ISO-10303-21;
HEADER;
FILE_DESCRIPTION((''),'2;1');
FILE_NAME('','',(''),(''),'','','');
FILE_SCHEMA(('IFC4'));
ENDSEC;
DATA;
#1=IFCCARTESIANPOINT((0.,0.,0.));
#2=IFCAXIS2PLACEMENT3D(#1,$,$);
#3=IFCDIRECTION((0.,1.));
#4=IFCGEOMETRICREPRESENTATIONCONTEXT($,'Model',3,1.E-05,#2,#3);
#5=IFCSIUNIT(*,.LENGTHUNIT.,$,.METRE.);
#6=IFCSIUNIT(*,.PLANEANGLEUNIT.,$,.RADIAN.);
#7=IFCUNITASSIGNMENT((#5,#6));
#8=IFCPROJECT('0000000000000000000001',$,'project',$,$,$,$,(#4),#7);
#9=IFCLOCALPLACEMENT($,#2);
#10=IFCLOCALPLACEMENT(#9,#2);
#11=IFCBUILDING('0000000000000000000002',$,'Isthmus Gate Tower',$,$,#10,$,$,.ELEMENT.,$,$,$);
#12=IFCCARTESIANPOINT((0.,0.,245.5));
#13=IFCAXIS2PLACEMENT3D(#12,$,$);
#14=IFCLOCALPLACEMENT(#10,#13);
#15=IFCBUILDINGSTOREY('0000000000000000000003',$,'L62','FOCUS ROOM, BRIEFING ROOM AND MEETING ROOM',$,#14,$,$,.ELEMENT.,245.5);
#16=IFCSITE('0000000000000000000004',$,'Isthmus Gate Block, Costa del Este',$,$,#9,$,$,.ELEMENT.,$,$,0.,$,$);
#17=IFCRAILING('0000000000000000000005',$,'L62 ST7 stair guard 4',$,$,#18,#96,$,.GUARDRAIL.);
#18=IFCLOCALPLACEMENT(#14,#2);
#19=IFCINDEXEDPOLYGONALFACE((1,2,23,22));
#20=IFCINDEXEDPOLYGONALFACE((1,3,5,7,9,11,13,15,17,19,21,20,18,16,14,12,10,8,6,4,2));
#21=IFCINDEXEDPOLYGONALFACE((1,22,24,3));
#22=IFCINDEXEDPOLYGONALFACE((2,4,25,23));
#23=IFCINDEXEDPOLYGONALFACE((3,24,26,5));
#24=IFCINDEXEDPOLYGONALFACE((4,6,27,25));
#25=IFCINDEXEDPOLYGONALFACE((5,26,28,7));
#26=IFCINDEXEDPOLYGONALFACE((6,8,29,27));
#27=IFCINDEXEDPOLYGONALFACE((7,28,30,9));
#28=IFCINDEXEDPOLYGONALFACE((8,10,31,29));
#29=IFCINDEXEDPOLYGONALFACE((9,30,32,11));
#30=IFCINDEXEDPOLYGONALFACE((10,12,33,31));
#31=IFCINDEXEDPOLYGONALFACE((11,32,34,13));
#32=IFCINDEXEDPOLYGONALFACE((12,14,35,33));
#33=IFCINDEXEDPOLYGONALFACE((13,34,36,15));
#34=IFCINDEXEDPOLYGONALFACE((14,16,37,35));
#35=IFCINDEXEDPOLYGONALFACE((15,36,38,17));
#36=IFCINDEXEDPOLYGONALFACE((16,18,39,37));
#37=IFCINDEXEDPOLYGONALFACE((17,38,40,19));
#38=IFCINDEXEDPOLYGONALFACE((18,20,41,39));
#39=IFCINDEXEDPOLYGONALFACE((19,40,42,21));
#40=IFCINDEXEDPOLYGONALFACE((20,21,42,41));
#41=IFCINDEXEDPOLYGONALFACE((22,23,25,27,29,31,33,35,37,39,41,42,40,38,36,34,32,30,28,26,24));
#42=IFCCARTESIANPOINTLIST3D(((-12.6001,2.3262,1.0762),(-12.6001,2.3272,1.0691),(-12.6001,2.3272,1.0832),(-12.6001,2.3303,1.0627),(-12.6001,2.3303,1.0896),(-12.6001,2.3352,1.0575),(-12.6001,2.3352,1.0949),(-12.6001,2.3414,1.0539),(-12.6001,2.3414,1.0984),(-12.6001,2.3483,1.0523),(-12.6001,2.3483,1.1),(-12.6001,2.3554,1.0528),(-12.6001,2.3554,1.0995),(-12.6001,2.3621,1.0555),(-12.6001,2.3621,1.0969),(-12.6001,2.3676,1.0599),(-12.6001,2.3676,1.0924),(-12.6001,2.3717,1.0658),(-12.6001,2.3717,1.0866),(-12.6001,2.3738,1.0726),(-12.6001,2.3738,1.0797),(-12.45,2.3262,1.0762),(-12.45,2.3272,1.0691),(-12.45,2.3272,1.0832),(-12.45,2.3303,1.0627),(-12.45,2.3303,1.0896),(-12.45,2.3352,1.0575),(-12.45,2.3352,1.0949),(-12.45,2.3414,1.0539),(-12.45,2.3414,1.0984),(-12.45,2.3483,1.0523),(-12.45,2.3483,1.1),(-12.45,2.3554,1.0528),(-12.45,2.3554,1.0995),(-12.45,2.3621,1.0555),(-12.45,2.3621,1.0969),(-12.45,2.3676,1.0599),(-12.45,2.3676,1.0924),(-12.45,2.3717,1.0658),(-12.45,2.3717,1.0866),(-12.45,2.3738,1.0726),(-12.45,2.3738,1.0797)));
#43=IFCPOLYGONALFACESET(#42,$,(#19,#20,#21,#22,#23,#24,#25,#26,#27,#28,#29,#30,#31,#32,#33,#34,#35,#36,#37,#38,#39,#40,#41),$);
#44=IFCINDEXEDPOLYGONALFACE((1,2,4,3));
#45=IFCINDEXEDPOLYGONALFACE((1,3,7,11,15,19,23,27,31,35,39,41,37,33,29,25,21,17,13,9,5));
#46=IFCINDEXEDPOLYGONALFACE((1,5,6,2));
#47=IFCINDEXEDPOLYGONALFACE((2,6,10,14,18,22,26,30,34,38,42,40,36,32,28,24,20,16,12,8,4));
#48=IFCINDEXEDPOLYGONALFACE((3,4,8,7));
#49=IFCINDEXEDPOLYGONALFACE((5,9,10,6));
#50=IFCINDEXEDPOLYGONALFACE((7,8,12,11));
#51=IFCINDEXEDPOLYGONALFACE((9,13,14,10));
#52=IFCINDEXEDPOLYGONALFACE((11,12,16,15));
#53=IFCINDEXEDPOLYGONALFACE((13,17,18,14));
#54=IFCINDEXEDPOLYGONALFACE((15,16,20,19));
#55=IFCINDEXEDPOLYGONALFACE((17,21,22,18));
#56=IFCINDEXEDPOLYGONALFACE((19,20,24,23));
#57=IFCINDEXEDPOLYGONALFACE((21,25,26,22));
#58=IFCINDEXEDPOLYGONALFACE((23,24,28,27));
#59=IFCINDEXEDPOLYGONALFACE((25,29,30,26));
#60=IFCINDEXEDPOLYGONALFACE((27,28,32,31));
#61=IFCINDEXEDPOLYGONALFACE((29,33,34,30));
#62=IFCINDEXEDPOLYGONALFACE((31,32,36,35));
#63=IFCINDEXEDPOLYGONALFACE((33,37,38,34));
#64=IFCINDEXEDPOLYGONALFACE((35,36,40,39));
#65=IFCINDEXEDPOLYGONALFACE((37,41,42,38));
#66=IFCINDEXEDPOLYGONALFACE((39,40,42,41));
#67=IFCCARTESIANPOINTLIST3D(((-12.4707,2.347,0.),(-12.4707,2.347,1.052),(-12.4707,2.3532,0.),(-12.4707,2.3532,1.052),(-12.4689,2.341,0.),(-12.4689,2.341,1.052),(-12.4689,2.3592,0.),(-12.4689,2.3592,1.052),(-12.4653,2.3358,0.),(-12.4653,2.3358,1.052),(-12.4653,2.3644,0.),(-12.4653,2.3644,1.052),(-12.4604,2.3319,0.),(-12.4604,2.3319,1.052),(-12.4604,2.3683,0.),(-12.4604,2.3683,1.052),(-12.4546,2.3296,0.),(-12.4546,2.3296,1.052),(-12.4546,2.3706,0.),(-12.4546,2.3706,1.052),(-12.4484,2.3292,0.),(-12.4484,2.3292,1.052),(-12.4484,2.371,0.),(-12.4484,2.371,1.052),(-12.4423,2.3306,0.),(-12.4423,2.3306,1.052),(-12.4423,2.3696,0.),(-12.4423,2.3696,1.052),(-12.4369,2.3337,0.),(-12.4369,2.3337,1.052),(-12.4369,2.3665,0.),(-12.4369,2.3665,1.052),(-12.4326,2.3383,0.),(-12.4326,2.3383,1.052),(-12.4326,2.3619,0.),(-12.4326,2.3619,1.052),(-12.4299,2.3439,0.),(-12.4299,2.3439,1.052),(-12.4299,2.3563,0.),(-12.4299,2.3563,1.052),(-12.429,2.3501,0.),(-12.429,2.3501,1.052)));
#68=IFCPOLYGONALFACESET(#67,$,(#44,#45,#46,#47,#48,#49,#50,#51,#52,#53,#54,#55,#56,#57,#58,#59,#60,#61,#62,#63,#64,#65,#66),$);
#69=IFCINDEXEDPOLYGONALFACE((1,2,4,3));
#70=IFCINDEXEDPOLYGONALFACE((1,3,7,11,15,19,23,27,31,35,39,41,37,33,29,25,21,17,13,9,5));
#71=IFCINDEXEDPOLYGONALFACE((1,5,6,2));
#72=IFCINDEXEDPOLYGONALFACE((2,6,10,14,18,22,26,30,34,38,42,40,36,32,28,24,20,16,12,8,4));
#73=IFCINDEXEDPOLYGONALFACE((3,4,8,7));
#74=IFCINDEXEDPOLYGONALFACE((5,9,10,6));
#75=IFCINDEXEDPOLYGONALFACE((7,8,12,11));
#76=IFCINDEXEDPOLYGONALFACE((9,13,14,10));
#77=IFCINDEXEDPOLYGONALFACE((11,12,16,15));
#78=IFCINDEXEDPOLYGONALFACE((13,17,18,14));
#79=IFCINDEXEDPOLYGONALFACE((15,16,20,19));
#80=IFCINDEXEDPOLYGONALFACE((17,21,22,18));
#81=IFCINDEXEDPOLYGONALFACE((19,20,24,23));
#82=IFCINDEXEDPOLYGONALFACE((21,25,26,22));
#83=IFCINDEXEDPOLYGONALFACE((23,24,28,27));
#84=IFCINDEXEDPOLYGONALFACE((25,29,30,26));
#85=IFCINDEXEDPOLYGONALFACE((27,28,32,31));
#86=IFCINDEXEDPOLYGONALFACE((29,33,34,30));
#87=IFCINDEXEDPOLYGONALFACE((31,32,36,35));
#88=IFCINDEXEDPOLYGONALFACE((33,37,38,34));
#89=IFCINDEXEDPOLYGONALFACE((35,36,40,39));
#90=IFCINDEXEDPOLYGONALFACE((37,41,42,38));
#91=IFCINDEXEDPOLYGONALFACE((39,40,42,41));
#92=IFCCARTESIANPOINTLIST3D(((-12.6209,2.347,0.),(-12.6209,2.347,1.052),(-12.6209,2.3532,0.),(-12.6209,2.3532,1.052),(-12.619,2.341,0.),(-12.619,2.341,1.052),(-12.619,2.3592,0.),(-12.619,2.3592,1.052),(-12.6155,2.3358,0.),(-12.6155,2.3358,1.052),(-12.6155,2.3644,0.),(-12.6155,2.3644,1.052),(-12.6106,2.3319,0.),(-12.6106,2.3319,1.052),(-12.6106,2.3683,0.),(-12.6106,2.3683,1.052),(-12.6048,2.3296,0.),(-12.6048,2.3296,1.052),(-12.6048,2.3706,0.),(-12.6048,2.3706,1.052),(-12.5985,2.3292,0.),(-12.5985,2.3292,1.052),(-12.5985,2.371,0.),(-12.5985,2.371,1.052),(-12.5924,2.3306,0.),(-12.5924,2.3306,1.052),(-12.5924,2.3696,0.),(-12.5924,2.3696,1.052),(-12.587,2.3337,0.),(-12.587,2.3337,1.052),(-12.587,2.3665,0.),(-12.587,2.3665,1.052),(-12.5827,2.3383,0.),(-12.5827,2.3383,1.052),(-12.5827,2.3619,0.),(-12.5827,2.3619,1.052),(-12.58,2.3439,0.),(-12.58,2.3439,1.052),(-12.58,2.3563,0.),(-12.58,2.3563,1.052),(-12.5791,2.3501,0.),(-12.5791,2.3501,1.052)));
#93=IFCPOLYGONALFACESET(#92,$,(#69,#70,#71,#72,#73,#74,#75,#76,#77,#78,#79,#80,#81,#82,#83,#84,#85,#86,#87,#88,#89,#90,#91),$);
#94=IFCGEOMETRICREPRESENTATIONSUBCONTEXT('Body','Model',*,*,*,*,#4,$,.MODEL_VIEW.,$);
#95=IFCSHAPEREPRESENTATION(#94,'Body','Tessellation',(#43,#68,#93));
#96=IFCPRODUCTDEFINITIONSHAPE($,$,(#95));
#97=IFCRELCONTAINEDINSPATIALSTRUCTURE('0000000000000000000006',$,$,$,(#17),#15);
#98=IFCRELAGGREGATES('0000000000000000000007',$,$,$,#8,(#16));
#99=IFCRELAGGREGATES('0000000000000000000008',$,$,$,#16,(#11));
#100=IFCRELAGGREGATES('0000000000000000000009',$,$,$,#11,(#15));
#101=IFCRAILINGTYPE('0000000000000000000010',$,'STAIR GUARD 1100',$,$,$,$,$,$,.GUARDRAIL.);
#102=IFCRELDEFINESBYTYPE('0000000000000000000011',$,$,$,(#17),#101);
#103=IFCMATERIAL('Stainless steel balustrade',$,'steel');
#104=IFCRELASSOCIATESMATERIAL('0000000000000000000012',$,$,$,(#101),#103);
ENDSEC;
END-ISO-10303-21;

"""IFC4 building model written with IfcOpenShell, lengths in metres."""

from ifc_helpers import new_model, si_unit, direction, frame, origin, origin_2d, place, context, subcontext, project, spatial, circle, extrude, material, type_object, element, save


model = new_model("IFC4")

# Units and contexts
model_context = context("Model", 3, precision=1e-05, world=origin(), true_north=direction((0.0, 1.0)))
body_context = subcontext(model_context, "Body", "Model", "MODEL_VIEW")
ifc_project = project(units=[si_unit("LENGTHUNIT", "METRE"), si_unit("PLANEANGLEUNIT", "RADIAN")], contexts=[model_context])

# Site, building, storey
site_placement = place(None, origin())
site = spatial("IfcSite", under=ifc_project, at=site_placement, Name="Isthmus Gate Block, Costa del Este", CompositionType="ELEMENT", RefElevation=0.0)
building_placement = place(site_placement, origin())
building = spatial("IfcBuilding", under=site, at=building_placement, Name="Isthmus Gate Tower", CompositionType="ELEMENT")
storey_placement = place(building_placement, frame((0.0, 0.0, 245.5)))
storey = spatial("IfcBuildingStorey", under=building, at=storey_placement, Name="L62", Description="FOCUS ROOM, BRIEFING ROOM AND MEETING ROOM", CompositionType="ELEMENT", Elevation=245.5)

# Railing
ifc_material_1 = material(Name="Stainless steel balustrade", Category="steel")
railing_type = type_object("IfcRailingType", Name="STAIR GUARD 1100", PredefinedType="GUARDRAIL", material=ifc_material_1)
railing_1_placement = place(storey_placement, frame((-12.45, 2.3501, 0.0)))
element("IfcRailing", 1, at=railing_1_placement, inside=storey, type_object=railing_type, Name="L62 ST7 stair guard 4", PredefinedType="GUARDRAIL", context=body_context, shape_type="SweptSolid", body=[
    extrude(circle(Radius=0.0239, at=origin_2d()), frame((0.0, 0.0, 1.0762), z_axis=(-1.0, 0.0, 0.0), x_axis=(0.0, -1.0, 0.0)), (0.0, 0.0, 1.0), 0.1501),
    extrude(circle(Radius=0.021, at=origin_2d()), origin(), (0.0, 0.0, 1.0), 1.052),
    extrude(circle(Radius=0.021, at=origin_2d()), frame((-0.1501, 0.0, 0.0)), (0.0, 0.0, 1.0), 1.052),
])

save(model, "model.ifc")
